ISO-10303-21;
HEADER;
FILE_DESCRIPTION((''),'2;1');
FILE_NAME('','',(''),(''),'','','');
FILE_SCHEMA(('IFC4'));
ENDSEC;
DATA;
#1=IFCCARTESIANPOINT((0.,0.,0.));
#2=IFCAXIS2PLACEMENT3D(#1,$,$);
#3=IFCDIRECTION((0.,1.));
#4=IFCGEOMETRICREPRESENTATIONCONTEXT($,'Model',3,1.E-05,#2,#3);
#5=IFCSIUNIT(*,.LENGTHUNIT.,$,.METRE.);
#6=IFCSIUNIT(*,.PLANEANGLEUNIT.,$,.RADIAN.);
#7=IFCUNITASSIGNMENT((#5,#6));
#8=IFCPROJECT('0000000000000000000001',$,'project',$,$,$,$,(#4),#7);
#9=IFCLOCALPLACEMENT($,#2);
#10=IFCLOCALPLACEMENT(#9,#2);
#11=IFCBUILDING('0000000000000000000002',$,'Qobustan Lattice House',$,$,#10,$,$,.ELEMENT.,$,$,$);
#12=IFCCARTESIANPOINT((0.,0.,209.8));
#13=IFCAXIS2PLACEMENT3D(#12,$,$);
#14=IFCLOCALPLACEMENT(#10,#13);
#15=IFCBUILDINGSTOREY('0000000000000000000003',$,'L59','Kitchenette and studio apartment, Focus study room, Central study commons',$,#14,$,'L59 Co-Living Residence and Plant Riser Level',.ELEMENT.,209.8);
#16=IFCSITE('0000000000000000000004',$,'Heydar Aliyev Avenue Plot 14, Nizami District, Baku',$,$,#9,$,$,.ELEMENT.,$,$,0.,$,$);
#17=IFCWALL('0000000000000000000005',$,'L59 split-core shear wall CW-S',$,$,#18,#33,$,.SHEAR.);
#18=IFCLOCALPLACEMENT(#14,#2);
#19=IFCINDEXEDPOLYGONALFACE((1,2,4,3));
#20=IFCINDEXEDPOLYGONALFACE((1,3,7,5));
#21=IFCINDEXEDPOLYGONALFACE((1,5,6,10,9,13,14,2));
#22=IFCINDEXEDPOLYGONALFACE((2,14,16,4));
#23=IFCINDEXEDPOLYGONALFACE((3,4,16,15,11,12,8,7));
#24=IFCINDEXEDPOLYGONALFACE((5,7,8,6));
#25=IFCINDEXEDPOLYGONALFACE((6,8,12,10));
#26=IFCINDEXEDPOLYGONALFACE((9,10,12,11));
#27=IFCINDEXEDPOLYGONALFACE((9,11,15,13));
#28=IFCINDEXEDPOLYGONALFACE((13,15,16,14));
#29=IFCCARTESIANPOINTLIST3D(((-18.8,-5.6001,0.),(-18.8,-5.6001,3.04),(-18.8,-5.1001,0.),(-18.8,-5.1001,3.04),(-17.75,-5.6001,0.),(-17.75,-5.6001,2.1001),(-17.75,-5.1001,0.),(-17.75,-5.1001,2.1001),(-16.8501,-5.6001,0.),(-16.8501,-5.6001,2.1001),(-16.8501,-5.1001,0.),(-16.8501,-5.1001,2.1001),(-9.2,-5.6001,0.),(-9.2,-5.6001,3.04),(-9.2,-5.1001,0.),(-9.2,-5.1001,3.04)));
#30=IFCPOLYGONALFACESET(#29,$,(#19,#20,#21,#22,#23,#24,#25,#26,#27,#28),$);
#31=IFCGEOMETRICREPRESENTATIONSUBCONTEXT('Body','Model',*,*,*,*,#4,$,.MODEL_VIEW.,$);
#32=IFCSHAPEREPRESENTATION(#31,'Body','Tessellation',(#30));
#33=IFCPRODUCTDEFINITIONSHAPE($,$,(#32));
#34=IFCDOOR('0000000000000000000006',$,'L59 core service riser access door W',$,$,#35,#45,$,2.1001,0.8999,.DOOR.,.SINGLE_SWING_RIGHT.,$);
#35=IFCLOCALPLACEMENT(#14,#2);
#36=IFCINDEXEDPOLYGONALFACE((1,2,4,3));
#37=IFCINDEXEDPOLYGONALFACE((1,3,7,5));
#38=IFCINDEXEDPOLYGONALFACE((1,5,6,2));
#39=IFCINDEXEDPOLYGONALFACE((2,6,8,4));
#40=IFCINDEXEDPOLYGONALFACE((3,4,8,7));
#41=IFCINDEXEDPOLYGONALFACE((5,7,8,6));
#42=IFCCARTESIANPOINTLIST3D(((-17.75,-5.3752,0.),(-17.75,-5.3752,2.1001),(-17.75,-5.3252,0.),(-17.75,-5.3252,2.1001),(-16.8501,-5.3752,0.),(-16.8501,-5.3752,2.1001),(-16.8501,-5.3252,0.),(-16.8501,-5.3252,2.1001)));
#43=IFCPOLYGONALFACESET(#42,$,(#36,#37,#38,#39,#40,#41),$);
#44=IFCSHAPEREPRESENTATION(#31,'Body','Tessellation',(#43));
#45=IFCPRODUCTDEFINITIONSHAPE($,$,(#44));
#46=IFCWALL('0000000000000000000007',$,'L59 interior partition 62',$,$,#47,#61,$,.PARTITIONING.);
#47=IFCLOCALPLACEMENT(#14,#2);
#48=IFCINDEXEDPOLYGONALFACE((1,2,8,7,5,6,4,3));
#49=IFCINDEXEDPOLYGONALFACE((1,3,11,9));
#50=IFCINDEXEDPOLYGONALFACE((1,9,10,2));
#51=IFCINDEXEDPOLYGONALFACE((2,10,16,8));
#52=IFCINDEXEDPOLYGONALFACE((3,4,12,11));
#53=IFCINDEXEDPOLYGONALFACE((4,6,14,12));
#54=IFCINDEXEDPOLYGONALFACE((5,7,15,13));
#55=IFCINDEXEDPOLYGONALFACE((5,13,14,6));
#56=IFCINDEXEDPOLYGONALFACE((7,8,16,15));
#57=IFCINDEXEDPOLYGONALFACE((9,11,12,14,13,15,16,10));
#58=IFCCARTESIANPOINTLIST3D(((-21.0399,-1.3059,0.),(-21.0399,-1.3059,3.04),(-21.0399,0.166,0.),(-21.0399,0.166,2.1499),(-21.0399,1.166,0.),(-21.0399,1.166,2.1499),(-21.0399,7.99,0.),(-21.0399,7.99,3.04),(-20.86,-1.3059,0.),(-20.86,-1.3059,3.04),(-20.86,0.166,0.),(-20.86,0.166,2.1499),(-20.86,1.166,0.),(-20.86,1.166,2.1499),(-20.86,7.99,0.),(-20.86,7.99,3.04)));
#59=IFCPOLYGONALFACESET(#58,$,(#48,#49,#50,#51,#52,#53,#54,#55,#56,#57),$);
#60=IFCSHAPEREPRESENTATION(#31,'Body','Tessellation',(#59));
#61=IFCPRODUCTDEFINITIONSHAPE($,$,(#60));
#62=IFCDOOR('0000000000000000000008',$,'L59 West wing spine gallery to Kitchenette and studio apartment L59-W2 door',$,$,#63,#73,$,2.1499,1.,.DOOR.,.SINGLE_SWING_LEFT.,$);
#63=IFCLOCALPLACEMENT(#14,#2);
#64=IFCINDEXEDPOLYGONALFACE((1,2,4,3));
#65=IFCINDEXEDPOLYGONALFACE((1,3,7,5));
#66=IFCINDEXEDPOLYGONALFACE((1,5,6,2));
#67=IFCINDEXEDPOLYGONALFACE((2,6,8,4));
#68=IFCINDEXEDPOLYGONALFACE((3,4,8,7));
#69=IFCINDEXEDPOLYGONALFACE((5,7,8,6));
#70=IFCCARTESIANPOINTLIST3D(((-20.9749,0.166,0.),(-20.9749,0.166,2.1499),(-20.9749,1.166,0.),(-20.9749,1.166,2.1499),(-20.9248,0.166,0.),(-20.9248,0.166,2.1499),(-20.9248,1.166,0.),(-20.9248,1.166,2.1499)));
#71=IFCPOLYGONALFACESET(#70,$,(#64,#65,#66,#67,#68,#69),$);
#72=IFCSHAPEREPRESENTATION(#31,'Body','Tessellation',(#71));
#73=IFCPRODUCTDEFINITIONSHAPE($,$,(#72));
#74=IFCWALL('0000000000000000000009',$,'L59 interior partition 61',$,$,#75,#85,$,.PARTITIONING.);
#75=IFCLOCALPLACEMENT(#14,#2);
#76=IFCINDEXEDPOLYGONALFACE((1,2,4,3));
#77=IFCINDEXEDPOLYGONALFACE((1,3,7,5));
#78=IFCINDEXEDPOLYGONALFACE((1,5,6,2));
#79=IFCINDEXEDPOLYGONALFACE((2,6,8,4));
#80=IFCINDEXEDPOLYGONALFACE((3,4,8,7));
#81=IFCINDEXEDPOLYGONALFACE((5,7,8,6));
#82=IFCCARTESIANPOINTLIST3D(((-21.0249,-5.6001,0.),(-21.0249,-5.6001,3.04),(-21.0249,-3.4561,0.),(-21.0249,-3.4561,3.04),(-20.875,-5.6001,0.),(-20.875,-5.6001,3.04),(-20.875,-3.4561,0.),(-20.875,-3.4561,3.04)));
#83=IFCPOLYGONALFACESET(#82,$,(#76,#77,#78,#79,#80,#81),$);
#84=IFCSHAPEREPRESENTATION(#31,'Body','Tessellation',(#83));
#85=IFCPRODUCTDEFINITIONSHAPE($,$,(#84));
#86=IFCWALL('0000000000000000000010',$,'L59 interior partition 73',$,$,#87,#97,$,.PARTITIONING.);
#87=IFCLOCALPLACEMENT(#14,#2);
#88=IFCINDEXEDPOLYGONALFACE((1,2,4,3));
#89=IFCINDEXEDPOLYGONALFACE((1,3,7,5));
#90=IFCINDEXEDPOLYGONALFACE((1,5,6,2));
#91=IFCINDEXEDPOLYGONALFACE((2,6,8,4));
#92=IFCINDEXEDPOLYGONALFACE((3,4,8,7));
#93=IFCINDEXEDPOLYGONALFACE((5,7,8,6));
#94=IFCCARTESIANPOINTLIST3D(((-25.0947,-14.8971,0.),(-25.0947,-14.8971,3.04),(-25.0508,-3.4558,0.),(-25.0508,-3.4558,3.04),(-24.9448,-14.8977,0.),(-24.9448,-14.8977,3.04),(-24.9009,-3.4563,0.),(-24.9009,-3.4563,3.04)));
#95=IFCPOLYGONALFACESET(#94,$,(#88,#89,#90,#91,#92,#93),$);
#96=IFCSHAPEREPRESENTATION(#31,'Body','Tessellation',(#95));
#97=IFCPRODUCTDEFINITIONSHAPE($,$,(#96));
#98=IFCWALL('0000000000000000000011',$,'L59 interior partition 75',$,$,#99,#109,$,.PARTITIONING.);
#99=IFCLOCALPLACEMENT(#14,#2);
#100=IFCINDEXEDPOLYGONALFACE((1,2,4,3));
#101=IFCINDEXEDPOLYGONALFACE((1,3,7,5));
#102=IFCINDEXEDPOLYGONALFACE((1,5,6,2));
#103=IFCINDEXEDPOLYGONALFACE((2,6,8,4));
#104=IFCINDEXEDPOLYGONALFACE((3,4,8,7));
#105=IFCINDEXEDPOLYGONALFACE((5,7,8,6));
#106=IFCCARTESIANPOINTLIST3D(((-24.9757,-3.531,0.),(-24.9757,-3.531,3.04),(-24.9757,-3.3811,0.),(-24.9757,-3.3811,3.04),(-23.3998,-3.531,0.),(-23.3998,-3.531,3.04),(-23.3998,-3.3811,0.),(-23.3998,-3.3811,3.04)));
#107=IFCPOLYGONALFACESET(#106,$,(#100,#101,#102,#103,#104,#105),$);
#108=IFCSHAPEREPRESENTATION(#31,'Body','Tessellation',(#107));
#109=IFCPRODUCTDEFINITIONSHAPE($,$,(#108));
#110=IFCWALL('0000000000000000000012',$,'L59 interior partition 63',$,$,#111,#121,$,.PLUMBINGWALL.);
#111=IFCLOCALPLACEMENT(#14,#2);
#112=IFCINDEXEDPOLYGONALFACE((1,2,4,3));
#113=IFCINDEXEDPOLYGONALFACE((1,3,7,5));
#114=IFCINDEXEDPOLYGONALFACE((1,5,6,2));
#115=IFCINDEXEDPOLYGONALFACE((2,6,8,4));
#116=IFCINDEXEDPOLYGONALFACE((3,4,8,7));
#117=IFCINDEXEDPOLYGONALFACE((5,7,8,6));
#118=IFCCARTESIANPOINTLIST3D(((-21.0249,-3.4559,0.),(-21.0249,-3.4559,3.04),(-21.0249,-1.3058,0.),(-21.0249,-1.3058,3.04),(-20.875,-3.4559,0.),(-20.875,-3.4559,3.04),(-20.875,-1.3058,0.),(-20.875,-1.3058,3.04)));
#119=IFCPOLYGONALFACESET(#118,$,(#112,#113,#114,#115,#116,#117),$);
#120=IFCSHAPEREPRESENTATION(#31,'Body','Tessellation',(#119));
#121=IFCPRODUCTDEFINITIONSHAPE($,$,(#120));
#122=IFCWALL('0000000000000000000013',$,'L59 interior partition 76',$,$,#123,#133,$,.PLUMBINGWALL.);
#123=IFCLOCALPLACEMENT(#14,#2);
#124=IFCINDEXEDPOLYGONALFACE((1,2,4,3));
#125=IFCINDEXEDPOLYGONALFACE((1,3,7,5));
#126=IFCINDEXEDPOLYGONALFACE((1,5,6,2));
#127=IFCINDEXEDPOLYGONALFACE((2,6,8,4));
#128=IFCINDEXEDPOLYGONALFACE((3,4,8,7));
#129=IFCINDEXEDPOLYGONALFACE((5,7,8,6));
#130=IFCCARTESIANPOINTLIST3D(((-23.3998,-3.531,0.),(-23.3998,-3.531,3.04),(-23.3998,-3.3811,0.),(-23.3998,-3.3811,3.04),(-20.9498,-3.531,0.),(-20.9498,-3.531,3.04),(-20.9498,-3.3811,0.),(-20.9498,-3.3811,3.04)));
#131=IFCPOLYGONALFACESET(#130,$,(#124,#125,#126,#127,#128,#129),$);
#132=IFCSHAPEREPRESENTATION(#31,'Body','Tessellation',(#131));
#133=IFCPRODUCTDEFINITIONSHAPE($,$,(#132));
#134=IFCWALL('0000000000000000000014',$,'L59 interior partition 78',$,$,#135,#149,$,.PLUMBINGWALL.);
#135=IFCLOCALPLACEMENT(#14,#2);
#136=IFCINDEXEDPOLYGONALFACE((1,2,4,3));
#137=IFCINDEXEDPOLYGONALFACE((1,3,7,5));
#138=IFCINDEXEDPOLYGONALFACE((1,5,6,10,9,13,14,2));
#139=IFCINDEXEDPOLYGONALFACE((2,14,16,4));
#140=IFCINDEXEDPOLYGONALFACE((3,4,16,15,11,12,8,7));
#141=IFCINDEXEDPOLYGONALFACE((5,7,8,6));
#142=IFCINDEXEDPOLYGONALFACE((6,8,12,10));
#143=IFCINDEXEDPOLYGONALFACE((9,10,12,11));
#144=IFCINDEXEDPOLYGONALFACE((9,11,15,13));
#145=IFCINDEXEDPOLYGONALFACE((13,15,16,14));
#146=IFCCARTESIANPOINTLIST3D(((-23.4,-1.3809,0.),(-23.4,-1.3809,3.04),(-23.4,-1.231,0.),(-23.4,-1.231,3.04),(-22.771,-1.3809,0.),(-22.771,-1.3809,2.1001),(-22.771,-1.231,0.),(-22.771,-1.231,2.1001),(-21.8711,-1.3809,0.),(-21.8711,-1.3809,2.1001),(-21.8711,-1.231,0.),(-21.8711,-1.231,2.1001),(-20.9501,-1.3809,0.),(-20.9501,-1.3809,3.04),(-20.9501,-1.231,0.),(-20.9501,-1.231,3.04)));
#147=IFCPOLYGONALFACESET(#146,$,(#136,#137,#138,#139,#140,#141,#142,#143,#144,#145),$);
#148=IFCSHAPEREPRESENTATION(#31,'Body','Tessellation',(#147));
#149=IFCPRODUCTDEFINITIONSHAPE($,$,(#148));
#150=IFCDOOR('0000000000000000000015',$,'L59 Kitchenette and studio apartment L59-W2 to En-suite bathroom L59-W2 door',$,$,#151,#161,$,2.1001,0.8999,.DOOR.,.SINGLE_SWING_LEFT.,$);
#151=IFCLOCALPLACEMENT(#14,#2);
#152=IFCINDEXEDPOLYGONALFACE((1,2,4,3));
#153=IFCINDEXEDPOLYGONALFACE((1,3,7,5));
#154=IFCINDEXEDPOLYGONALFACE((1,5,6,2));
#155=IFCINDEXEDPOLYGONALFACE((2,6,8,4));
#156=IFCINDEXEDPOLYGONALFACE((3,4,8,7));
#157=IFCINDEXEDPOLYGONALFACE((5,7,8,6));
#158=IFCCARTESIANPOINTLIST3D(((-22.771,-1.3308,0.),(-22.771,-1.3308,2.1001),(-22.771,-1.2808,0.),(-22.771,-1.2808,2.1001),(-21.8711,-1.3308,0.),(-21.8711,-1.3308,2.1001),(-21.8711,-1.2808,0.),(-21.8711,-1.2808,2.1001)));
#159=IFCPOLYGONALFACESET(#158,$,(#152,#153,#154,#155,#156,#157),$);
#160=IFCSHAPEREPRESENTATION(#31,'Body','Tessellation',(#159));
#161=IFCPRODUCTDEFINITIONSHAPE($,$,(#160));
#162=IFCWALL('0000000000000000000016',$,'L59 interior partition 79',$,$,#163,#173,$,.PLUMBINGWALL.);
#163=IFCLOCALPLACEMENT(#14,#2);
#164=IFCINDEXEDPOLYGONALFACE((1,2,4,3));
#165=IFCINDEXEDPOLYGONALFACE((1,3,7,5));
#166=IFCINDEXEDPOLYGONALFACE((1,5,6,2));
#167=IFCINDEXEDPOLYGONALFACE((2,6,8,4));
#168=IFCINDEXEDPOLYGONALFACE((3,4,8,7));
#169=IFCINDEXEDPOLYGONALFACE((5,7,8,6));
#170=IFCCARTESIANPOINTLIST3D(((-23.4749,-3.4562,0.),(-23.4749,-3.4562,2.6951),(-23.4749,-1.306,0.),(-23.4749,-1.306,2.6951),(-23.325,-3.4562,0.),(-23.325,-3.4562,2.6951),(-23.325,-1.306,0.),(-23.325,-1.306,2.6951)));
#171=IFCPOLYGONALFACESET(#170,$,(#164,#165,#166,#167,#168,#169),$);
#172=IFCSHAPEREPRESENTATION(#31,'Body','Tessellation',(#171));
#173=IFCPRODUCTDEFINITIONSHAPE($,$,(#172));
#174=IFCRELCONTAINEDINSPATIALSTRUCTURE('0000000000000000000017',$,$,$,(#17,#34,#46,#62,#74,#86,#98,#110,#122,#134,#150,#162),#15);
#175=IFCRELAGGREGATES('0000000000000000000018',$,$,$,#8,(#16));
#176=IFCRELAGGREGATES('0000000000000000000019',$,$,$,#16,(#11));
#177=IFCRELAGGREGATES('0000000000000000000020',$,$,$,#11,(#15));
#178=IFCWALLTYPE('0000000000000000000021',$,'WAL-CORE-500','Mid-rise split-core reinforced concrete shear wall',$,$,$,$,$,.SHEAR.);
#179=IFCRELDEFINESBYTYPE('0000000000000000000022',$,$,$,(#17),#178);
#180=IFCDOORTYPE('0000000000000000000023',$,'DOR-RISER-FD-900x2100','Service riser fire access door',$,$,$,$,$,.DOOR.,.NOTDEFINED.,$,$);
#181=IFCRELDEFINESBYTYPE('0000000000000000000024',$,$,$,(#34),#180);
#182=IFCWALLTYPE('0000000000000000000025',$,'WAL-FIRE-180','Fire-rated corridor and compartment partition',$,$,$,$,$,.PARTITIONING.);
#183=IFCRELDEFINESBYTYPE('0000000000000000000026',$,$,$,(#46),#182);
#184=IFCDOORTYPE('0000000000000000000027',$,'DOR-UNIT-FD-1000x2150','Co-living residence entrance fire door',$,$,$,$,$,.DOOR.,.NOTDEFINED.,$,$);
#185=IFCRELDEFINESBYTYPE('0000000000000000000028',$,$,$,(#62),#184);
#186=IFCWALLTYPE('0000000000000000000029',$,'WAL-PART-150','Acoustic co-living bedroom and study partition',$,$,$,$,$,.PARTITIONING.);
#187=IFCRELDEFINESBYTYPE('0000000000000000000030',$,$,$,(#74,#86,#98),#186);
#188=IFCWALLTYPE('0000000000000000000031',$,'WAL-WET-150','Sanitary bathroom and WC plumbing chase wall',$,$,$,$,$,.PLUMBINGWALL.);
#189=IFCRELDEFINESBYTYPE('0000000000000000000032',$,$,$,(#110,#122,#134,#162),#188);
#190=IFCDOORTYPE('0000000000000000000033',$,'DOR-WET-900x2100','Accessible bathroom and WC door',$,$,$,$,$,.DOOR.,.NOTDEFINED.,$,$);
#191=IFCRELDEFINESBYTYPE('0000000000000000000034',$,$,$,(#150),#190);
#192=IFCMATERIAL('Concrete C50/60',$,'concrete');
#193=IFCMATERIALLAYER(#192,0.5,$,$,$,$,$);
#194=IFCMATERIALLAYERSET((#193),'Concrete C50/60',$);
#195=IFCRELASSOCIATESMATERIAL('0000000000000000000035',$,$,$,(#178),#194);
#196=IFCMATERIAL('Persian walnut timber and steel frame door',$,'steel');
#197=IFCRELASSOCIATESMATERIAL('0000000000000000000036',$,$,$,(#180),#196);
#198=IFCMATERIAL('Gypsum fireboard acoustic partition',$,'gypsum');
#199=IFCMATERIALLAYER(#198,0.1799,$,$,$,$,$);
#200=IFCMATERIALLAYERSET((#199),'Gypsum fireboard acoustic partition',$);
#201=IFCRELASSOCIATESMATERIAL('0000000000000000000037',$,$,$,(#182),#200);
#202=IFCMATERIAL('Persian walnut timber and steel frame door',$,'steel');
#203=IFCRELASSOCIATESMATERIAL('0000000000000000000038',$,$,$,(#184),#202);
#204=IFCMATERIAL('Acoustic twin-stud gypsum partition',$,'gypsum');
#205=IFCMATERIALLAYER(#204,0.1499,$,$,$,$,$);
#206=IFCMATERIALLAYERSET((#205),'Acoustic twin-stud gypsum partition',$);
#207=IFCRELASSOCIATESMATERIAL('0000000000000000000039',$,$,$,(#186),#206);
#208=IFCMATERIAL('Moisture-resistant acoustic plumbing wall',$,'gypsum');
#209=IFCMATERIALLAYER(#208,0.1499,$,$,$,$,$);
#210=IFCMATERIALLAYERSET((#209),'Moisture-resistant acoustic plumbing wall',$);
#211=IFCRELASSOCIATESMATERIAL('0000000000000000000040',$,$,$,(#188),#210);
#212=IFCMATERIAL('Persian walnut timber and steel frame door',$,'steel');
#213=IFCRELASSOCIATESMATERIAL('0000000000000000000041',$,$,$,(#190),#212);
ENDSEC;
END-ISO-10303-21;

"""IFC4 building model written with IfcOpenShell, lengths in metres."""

from ifc_helpers import new_model, si_unit, direction, frame, frame_2d, origin, place, context, subcontext, project, spatial, rectangle, extrude, material, layer, layer_set, type_object, element, fill, save


model = new_model("IFC4")

# Units and contexts
model_context = context("Model", 3, precision=1e-05, world=origin(), true_north=direction((0.0, 1.0)))
body_context = subcontext(model_context, "Body", "Model", "MODEL_VIEW")
ifc_project = project(units=[si_unit("LENGTHUNIT", "METRE"), si_unit("PLANEANGLEUNIT", "RADIAN")], contexts=[model_context])

# Site, building, storey
site_placement = place(None, origin())
site = spatial("IfcSite", under=ifc_project, at=site_placement, Name="Heydar Aliyev Avenue Plot 14, Nizami District, Baku", CompositionType="ELEMENT", RefElevation=0.0)
building_placement = place(site_placement, origin())
building = spatial("IfcBuilding", under=site, at=building_placement, Name="Qobustan Lattice House", CompositionType="ELEMENT")
storey_placement = place(building_placement, frame((0.0, 0.0, 209.8)))
storey = spatial("IfcBuildingStorey", under=building, at=storey_placement, Name="L59", Description="Kitchenette and studio apartment, Focus study room, Central study commons", LongName="L59 Co-Living Residence and Plant Riser Level", CompositionType="ELEMENT", Elevation=209.8)

# Walls, openings, doors
ifc_material_1 = material(Name="Concrete C50/60", Category="concrete")
ifc_layer_1 = layer(ifc_material_1, 0.5)
ifc_layer_set_1 = layer_set([ifc_layer_1], Name="Concrete C50/60")
wall_type_1 = type_object("IfcWallType", Name="WAL-CORE-500", Description="Mid-rise split-core reinforced concrete shear wall", PredefinedType="SHEAR", material=ifc_layer_set_1)
wall_1_placement = place(storey_placement, frame((-18.8, -5.3501, 0.0), z_axis=(0.0, 0.0, 1.0), x_axis=(1.0, 0.0, 0.0)))
wall_1 = element("IfcWall", 1, at=wall_1_placement, inside=storey, type_object=wall_type_1, Name="L59 split-core shear wall CW-S", PredefinedType="SHEAR", context=body_context, shape_type="SweptSolid", body=[
    extrude(rectangle(XDim=9.6001, YDim=0.5, at=frame_2d((4.8, 0.0))), origin(), (0.0, 0.0, 1.0), 3.04),
])
opening_1_placement = place(wall_1_placement, frame((1.05, 0.0, 0.0)))
opening_1 = element("IfcOpeningElement", 2, at=opening_1_placement, cuts=wall_1, PredefinedType="OPENING", context=body_context, shape_type="SweptSolid", body=[
    extrude(rectangle(XDim=0.8999, YDim=2.1001, at=frame_2d((0.45, 1.05))), frame((0.0, 0.26, 0.0), z_axis=(0.0, -1.0, 0.0), x_axis=(1.0, 0.0, 0.0)), (0.0, 0.0, 1.0), 0.52),
])
ifc_material_2 = material(Name="Persian walnut timber and steel frame door", Category="steel")
door_type_1 = type_object("IfcDoorType", Name="DOR-RISER-FD-900x2100", Description="Service riser fire access door", OperationType="NOTDEFINED", PredefinedType="DOOR", material=ifc_material_2)
door_1_placement = place(opening_1_placement, origin())
door_1 = element("IfcDoor", 3, at=door_1_placement, inside=storey, type_object=door_type_1, Name="L59 core service riser access door W", OperationType="SINGLE_SWING_RIGHT", OverallHeight=2.1001, OverallWidth=0.8999, PredefinedType="DOOR", context=body_context, shape_type="SweptSolid", body=[
    extrude(rectangle(XDim=0.8999, YDim=2.1001, at=frame_2d((0.45, 1.05))), frame((0.0, 0.0249, 0.0), z_axis=(0.0, -1.0, 0.0), x_axis=(1.0, 0.0, 0.0)), (0.0, 0.0, 1.0), 0.05),
])
fill(opening_1, door_1)
ifc_material_3 = material(Name="Gypsum fireboard acoustic partition", Category="gypsum")
ifc_layer_2 = layer(ifc_material_3, 0.1799)
ifc_layer_set_2 = layer_set([ifc_layer_2], Name="Gypsum fireboard acoustic partition")
wall_type_2 = type_object("IfcWallType", Name="WAL-FIRE-180", Description="Fire-rated corridor and compartment partition", PredefinedType="PARTITIONING", material=ifc_layer_set_2)
wall_2_placement = place(storey_placement, frame((-20.95, -1.3059, 0.0), z_axis=(0.0, 0.0, 1.0), x_axis=(0.0, 1.0, 0.0)))
wall_2 = element("IfcWall", 4, at=wall_2_placement, inside=storey, type_object=wall_type_2, Name="L59 interior partition 62", PredefinedType="PARTITIONING", context=body_context, shape_type="SweptSolid", body=[
    extrude(rectangle(XDim=9.2959, YDim=0.1799, at=frame_2d((4.6479, 0.0))), origin(), (0.0, 0.0, 1.0), 3.04),
])
opening_2_placement = place(wall_2_placement, frame((1.4719, 0.0, 0.0)))
opening_2 = element("IfcOpeningElement", 5, at=opening_2_placement, cuts=wall_2, PredefinedType="OPENING", context=body_context, shape_type="SweptSolid", body=[
    extrude(rectangle(XDim=1.0, YDim=2.1499, at=frame_2d((0.5, 1.075))), frame((0.0, 0.0999, 0.0), z_axis=(0.0, -1.0, 0.0), x_axis=(1.0, 0.0, 0.0)), (0.0, 0.0, 1.0), 0.2),
])
ifc_material_4 = material(Name="Persian walnut timber and steel frame door", Category="steel")
door_type_2 = type_object("IfcDoorType", Name="DOR-UNIT-FD-1000x2150", Description="Co-living residence entrance fire door", OperationType="NOTDEFINED", PredefinedType="DOOR", material=ifc_material_4)
door_2_placement = place(opening_2_placement, origin())
door_2 = element("IfcDoor", 6, at=door_2_placement, inside=storey, type_object=door_type_2, Name="L59 West wing spine gallery to Kitchenette and studio apartment L59-W2 door", OperationType="SINGLE_SWING_LEFT", OverallHeight=2.1499, OverallWidth=1.0, PredefinedType="DOOR", context=body_context, shape_type="SweptSolid", body=[
    extrude(rectangle(XDim=1.0, YDim=2.1499, at=frame_2d((0.5, 1.075))), frame((0.0, 0.0249, 0.0), z_axis=(0.0, -1.0, 0.0), x_axis=(1.0, 0.0, 0.0)), (0.0, 0.0, 1.0), 0.05),
])
fill(opening_2, door_2)

# Walls
ifc_material_5 = material(Name="Acoustic twin-stud gypsum partition", Category="gypsum")
ifc_layer_3 = layer(ifc_material_5, 0.1499)
ifc_layer_set_3 = layer_set([ifc_layer_3], Name="Acoustic twin-stud gypsum partition")
wall_type_3 = type_object("IfcWallType", Name="WAL-PART-150", Description="Acoustic co-living bedroom and study partition", PredefinedType="PARTITIONING", material=ifc_layer_set_3)
wall_3_placement = place(storey_placement, frame((-20.95, -5.6001, 0.0), z_axis=(0.0, 0.0, 1.0), x_axis=(0.0, 1.0, 0.0)))
element("IfcWall", 7, at=wall_3_placement, inside=storey, type_object=wall_type_3, Name="L59 interior partition 61", PredefinedType="PARTITIONING", context=body_context, shape_type="SweptSolid", body=[
    extrude(rectangle(XDim=2.144, YDim=0.1499, at=frame_2d((1.072, 0.0))), origin(), (0.0, 0.0, 1.0), 3.04),
])
wall_4_placement = place(storey_placement, frame((-24.9758, -3.4561, 0.0), z_axis=(0.0, 0.0, 1.0), x_axis=(-0.003841, -0.999993, 0.0)))
element("IfcWall", 8, at=wall_4_placement, inside=storey, type_object=wall_type_3, Name="L59 interior partition 73", PredefinedType="PARTITIONING", context=body_context, shape_type="SweptSolid", body=[
    extrude(rectangle(XDim=11.4414, YDim=0.1499, at=frame_2d((5.7207, 0.0))), origin(), (0.0, 0.0, 1.0), 3.04),
])

# Walls
wall_5_placement = place(storey_placement, frame((-24.9758, -3.4561, 0.0), z_axis=(0.0, 0.0, 1.0), x_axis=(1.0, 0.0, 0.0)))
element("IfcWall", 9, at=wall_5_placement, inside=storey, type_object=wall_type_3, Name="L59 interior partition 75", PredefinedType="PARTITIONING", context=body_context, shape_type="SweptSolid", body=[
    extrude(rectangle(XDim=1.5759, YDim=0.1499, at=frame_2d((0.7881, 0.0))), origin(), (0.0, 0.0, 1.0), 3.04),
])
ifc_material_6 = material(Name="Moisture-resistant acoustic plumbing wall", Category="gypsum")
ifc_layer_4 = layer(ifc_material_6, 0.1499)
ifc_layer_set_4 = layer_set([ifc_layer_4], Name="Moisture-resistant acoustic plumbing wall")
wall_type_4 = type_object("IfcWallType", Name="WAL-WET-150", Description="Sanitary bathroom and WC plumbing chase wall", PredefinedType="PLUMBINGWALL", material=ifc_layer_set_4)
wall_6_placement = place(storey_placement, frame((-20.95, -3.4561, 0.0), z_axis=(0.0, 0.0, 1.0), x_axis=(0.0, 1.0, 0.0)))
element("IfcWall", 10, at=wall_6_placement, inside=storey, type_object=wall_type_4, Name="L59 interior partition 63", PredefinedType="PLUMBINGWALL", context=body_context, shape_type="SweptSolid", body=[
    extrude(rectangle(XDim=2.1501, YDim=0.1499, at=frame_2d((1.0752, 0.0))), origin(), (0.0, 0.0, 1.0), 3.04),
])
wall_7_placement = place(storey_placement, frame((-23.3999, -3.4561, 0.0), z_axis=(0.0, 0.0, 1.0), x_axis=(1.0, 0.0, 0.0)))
element("IfcWall", 11, at=wall_7_placement, inside=storey, type_object=wall_type_4, Name="L59 interior partition 76", PredefinedType="PLUMBINGWALL", context=body_context, shape_type="SweptSolid", body=[
    extrude(rectangle(XDim=2.45, YDim=0.1499, at=frame_2d((1.2251, 0.0))), origin(), (0.0, 0.0, 1.0), 3.04),
])

# Wall, opening, door
wall_8_placement = place(storey_placement, frame((-20.95, -1.3059, 0.0), z_axis=(0.0, 0.0, 1.0), x_axis=(-1.0, 0.0, 0.0)))
wall_8 = element("IfcWall", 12, at=wall_8_placement, inside=storey, type_object=wall_type_4, Name="L59 interior partition 78", PredefinedType="PLUMBINGWALL", context=body_context, shape_type="SweptSolid", body=[
    extrude(rectangle(XDim=2.45, YDim=0.1499, at=frame_2d((1.2251, 0.0))), origin(), (0.0, 0.0, 1.0), 3.04),
])
opening_3_placement = place(wall_8_placement, frame((0.9211, 0.0, 0.0)))
opening_3 = element("IfcOpeningElement", 13, at=opening_3_placement, cuts=wall_8, PredefinedType="OPENING", context=body_context, shape_type="SweptSolid", body=[
    extrude(rectangle(XDim=0.8999, YDim=2.1001, at=frame_2d((0.45, 1.05))), frame((0.0, 0.085, 0.0), z_axis=(0.0, -1.0, 0.0), x_axis=(1.0, 0.0, 0.0)), (0.0, 0.0, 1.0), 0.1699),
])
ifc_material_7 = material(Name="Persian walnut timber and steel frame door", Category="steel")
door_type_3 = type_object("IfcDoorType", Name="DOR-WET-900x2100", Description="Accessible bathroom and WC door", OperationType="NOTDEFINED", PredefinedType="DOOR", material=ifc_material_7)
door_3_placement = place(opening_3_placement, origin())
door_3 = element("IfcDoor", 14, at=door_3_placement, inside=storey, type_object=door_type_3, Name="L59 Kitchenette and studio apartment L59-W2 to En-suite bathroom L59-W2 door", OperationType="SINGLE_SWING_LEFT", OverallHeight=2.1001, OverallWidth=0.8999, PredefinedType="DOOR", context=body_context, shape_type="SweptSolid", body=[
    extrude(rectangle(XDim=0.8999, YDim=2.1001, at=frame_2d((0.45, 1.05))), frame((0.0, 0.0249, 0.0), z_axis=(0.0, -1.0, 0.0), x_axis=(1.0, 0.0, 0.0)), (0.0, 0.0, 1.0), 0.05),
])
fill(opening_3, door_3)

# Wall
wall_9_placement = place(storey_placement, frame((-23.3999, -1.3059, 0.0), z_axis=(0.0, 0.0, 1.0), x_axis=(0.0, -1.0, 0.0)))
element("IfcWall", 15, at=wall_9_placement, inside=storey, type_object=wall_type_4, Name="L59 interior partition 79", PredefinedType="PLUMBINGWALL", context=body_context, shape_type="SweptSolid", body=[
    extrude(rectangle(XDim=2.1501, YDim=0.1499, at=frame_2d((1.0752, 0.0))), origin(), (0.0, 0.0, 1.0), 2.6951),
])

save(model, "model.ifc")
